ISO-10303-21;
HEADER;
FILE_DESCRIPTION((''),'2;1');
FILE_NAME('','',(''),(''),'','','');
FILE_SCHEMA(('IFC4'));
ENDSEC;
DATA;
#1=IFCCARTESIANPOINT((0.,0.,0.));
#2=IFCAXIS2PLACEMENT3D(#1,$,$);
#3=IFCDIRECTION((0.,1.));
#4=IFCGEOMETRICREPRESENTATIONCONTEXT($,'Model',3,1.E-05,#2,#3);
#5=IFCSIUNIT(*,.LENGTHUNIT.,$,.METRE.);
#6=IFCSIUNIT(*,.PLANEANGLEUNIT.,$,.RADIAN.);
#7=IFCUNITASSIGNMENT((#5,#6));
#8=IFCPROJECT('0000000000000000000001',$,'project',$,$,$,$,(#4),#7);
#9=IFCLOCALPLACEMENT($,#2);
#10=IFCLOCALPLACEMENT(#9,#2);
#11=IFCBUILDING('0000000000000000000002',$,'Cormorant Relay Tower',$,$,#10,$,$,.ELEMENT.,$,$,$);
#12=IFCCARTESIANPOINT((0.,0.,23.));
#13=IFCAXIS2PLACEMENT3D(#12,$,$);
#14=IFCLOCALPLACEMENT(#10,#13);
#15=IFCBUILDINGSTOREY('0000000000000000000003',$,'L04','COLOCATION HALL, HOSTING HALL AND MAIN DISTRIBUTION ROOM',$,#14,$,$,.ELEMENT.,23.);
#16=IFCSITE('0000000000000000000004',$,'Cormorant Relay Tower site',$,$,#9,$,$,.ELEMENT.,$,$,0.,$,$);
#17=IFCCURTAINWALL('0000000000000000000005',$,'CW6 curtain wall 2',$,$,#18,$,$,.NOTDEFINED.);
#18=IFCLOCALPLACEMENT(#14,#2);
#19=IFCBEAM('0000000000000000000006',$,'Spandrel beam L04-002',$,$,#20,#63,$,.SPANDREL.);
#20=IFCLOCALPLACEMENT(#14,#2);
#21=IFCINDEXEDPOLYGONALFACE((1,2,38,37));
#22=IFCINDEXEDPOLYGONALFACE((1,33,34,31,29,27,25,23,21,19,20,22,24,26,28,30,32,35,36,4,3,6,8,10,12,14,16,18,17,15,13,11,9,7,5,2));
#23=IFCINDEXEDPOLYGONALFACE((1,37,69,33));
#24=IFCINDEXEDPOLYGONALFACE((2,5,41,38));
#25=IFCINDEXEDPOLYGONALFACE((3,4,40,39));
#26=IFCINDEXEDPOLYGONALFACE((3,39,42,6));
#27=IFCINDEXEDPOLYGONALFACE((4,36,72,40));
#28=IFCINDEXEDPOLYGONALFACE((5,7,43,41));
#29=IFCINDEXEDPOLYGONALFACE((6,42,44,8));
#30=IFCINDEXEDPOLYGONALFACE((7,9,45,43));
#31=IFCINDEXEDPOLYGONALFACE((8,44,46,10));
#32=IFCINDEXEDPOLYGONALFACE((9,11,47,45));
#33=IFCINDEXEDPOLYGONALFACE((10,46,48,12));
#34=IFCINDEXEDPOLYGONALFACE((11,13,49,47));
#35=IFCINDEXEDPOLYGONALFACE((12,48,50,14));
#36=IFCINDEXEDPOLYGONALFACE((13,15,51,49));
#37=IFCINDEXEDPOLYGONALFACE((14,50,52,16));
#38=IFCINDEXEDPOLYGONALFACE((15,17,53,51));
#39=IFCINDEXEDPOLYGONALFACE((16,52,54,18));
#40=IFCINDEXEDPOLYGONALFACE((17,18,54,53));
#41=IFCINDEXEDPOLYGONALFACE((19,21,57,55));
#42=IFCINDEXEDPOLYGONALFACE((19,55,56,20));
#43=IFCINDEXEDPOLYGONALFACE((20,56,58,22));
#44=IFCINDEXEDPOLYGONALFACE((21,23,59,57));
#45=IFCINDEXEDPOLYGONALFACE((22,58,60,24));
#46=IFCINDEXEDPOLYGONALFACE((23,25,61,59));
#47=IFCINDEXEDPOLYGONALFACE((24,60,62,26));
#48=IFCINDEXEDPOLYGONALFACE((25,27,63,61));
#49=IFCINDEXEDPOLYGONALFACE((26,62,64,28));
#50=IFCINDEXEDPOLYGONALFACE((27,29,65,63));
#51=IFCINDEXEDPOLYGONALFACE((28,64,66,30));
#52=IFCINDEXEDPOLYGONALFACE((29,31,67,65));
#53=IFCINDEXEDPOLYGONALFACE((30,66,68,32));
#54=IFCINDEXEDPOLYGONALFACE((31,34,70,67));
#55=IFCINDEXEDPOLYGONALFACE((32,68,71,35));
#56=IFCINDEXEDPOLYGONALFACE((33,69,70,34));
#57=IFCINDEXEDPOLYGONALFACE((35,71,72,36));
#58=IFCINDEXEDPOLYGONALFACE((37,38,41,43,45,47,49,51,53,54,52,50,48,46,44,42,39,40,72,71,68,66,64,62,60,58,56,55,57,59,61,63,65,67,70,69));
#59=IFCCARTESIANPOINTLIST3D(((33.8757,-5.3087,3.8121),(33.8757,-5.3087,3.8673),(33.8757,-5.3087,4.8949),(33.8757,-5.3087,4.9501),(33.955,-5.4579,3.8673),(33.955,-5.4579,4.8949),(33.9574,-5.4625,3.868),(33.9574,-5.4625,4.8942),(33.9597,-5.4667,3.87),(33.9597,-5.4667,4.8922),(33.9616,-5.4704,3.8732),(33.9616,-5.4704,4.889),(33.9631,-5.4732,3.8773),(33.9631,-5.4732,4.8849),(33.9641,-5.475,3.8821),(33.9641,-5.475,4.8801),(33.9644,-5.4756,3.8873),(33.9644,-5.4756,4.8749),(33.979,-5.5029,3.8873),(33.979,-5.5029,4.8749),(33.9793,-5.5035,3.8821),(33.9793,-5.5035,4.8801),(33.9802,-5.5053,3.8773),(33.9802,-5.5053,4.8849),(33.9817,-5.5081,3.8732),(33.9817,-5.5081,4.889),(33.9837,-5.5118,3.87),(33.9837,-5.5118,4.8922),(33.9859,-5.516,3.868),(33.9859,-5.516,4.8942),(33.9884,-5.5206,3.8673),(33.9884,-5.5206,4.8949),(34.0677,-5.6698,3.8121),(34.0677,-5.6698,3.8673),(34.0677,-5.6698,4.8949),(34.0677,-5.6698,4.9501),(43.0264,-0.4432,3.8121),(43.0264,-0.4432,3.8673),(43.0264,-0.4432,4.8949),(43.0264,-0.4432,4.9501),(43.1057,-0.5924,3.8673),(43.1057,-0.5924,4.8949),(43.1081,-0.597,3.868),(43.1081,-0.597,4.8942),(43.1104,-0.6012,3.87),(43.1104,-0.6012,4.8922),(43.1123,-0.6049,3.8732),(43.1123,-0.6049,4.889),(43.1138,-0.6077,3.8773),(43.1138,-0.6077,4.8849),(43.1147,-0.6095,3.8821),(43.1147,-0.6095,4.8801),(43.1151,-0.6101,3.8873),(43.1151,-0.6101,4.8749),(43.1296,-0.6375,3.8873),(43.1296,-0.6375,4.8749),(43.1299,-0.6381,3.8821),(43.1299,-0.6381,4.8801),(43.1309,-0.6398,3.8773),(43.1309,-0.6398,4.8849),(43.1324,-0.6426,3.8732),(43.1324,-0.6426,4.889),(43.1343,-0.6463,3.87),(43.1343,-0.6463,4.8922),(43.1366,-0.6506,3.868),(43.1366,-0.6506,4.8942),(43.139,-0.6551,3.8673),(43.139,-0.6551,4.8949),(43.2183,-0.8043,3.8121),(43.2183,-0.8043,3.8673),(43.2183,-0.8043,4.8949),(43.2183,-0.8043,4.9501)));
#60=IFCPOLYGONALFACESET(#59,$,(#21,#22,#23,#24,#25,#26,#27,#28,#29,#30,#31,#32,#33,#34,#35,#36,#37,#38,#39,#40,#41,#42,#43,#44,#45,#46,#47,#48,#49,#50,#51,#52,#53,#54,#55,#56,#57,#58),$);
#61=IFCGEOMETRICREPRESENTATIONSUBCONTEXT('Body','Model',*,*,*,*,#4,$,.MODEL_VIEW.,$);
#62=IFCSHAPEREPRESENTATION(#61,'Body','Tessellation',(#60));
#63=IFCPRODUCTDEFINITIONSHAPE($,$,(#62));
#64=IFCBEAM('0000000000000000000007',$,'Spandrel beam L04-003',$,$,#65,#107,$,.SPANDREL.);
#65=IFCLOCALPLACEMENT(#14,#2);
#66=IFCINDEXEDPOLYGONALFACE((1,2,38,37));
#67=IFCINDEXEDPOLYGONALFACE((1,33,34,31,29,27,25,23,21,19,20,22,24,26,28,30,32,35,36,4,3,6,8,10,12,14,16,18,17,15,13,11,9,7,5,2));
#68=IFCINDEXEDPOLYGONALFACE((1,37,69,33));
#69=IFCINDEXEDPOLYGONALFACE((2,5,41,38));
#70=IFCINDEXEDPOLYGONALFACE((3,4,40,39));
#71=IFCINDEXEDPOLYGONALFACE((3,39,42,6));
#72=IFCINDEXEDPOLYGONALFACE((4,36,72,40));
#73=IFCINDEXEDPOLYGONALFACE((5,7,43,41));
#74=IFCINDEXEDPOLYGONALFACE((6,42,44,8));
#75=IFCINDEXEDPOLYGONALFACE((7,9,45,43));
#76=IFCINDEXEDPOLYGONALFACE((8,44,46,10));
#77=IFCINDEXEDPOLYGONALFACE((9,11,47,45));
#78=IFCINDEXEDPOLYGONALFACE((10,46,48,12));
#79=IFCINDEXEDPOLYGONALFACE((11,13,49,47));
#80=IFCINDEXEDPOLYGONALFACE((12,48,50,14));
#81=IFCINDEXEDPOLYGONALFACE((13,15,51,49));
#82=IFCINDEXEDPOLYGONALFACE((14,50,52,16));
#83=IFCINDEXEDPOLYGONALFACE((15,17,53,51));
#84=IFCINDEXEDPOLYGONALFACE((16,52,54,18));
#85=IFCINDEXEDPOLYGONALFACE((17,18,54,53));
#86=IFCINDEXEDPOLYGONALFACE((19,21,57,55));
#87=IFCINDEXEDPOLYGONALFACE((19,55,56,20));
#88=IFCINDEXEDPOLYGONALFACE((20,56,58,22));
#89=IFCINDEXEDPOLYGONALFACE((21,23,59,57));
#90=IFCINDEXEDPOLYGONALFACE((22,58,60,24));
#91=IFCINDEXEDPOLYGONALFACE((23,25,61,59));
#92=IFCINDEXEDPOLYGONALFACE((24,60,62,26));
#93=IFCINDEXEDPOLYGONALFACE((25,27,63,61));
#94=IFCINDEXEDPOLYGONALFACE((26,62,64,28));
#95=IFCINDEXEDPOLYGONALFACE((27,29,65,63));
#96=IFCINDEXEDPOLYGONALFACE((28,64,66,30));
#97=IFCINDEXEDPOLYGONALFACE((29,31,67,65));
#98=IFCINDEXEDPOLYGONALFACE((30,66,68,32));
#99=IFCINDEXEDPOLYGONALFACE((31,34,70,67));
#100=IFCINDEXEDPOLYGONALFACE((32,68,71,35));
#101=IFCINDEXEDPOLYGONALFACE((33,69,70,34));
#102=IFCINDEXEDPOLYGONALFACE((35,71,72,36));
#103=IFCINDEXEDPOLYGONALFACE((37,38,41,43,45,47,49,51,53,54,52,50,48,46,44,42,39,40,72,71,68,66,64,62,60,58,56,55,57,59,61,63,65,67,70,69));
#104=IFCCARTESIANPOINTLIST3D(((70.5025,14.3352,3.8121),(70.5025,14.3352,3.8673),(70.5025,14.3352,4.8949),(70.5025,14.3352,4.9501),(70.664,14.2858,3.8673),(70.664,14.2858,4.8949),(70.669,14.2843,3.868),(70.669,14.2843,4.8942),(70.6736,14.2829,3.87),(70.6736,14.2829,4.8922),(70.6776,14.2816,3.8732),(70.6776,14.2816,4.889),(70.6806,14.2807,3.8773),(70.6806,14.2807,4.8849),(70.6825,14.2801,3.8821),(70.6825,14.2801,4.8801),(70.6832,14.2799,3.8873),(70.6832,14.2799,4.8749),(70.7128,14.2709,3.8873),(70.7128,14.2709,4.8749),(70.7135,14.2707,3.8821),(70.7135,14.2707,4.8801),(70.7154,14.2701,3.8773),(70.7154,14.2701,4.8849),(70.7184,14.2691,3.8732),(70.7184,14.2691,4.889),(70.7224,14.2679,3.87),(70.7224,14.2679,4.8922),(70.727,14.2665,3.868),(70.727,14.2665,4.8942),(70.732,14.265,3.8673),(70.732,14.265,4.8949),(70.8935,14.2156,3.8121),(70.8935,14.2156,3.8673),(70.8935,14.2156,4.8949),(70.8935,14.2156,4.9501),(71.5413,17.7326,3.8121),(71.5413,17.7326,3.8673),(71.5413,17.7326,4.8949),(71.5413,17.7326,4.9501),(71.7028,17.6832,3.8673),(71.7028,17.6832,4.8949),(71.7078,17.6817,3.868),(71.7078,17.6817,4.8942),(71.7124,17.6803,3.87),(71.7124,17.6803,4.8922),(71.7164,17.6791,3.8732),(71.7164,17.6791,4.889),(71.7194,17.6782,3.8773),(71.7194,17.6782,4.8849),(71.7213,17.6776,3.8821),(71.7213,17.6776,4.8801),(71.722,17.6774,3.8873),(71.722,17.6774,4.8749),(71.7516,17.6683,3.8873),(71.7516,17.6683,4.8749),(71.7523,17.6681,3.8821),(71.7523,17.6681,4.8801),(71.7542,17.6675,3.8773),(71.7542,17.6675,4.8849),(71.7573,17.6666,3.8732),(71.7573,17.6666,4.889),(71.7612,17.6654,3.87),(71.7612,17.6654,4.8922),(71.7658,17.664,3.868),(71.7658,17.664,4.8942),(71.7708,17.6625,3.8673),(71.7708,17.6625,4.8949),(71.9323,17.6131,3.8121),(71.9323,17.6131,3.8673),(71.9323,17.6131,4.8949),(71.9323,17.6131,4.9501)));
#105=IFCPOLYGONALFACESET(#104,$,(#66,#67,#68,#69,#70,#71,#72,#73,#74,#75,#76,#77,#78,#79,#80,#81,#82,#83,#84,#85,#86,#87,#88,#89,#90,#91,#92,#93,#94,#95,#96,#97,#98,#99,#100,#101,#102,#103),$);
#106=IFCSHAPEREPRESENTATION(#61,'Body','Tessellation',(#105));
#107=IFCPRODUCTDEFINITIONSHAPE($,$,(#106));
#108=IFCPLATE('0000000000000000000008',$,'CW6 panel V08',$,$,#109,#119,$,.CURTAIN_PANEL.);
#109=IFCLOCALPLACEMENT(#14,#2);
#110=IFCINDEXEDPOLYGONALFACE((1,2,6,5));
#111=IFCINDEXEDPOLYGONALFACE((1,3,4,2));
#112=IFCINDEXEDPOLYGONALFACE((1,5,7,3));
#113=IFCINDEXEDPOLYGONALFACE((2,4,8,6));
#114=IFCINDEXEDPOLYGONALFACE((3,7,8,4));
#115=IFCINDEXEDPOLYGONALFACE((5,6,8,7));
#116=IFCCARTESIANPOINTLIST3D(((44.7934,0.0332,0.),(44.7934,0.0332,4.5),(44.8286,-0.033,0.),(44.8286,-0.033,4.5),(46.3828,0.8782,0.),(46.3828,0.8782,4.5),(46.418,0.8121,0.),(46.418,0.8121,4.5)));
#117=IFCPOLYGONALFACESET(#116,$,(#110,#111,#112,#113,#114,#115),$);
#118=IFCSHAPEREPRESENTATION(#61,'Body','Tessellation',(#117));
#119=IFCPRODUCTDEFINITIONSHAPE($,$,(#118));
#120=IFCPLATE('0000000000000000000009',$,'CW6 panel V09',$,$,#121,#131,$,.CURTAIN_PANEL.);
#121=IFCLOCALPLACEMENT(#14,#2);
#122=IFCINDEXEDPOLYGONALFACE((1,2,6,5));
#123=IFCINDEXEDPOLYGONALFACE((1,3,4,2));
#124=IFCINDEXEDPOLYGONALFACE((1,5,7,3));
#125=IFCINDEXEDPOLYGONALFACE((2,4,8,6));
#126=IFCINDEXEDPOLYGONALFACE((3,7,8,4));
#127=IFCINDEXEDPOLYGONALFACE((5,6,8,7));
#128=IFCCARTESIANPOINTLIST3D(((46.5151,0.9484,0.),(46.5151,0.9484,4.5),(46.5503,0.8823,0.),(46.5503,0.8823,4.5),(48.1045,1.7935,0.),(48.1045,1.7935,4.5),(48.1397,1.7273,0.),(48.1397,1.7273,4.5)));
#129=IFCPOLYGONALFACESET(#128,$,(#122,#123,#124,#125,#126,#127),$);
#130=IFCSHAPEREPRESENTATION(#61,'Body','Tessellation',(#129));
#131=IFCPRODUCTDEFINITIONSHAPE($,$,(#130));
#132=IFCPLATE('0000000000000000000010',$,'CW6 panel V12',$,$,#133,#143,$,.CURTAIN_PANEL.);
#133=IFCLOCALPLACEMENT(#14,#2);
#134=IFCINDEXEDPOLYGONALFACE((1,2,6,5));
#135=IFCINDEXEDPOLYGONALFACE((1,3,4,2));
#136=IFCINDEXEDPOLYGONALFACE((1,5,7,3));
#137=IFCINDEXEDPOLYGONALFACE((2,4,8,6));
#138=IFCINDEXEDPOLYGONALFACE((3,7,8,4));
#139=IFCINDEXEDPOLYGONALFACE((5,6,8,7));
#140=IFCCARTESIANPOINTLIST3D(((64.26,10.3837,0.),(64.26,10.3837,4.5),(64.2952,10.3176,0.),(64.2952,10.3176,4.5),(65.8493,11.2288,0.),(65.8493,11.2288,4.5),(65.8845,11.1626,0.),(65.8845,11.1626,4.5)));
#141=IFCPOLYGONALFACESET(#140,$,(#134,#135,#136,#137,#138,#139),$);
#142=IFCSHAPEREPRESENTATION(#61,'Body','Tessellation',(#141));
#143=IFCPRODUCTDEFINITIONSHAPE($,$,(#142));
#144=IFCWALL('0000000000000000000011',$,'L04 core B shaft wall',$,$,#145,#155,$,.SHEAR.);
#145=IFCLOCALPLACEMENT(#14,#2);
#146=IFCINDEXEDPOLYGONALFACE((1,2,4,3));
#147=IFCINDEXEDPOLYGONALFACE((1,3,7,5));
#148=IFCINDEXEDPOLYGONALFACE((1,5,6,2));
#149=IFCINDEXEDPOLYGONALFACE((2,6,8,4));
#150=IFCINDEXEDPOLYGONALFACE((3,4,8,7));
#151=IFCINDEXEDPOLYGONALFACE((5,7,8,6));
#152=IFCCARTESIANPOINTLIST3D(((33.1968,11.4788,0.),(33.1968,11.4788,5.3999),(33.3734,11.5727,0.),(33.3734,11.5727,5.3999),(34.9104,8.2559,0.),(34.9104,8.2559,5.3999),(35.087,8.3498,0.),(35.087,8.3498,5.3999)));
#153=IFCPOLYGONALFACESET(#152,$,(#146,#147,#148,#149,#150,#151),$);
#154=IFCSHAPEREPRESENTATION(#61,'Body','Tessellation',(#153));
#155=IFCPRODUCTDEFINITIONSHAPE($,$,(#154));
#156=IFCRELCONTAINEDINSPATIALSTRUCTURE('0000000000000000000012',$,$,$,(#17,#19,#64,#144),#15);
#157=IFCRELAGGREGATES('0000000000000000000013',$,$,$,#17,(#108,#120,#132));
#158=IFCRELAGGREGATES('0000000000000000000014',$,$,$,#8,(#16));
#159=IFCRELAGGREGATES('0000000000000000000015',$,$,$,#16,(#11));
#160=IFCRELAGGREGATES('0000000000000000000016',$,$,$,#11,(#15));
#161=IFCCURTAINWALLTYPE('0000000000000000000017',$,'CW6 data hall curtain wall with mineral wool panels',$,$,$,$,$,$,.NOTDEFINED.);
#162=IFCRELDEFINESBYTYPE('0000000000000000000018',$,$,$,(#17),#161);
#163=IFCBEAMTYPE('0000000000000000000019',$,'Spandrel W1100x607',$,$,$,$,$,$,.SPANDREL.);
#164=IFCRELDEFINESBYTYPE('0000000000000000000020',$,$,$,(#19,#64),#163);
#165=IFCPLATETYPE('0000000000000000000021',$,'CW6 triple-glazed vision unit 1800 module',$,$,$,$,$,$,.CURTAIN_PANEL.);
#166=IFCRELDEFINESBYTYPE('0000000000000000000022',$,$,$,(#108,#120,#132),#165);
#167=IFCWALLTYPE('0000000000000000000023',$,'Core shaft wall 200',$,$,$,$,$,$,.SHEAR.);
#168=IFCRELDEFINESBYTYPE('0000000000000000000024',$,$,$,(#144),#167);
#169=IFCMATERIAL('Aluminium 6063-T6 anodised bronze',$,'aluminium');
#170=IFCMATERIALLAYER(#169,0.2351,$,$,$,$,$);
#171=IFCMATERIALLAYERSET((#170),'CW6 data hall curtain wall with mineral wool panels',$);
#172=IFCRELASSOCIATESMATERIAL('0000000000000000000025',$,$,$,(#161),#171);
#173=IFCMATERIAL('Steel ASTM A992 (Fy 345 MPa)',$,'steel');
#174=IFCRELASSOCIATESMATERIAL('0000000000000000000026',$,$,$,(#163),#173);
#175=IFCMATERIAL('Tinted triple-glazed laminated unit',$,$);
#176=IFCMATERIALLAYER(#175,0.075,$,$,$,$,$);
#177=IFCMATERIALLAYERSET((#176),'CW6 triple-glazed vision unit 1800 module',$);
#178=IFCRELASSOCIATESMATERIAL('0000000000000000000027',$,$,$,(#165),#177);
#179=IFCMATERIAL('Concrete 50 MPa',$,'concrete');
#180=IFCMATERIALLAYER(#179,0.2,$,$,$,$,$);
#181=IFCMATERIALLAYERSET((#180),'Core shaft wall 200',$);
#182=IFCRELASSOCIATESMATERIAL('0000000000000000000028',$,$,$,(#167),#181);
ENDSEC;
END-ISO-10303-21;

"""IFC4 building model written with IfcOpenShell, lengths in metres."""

from ifc_helpers import new_model, si_unit, direction, frame, frame_2d, origin, origin_2d, place, context, subcontext, project, spatial, rectangle, i_section, extrude, material, layer, layer_set, material_profile, profile_set, type_object, element, aggregate, save


model = new_model("IFC4")

# Units and contexts
model_context = context("Model", 3, precision=1e-05, world=origin(), true_north=direction((0.0, 1.0)))
body_context = subcontext(model_context, "Body", "Model", "MODEL_VIEW")
ifc_project = project(units=[si_unit("LENGTHUNIT", "METRE"), si_unit("PLANEANGLEUNIT", "RADIAN")], contexts=[model_context])

# Site, building, storey
site_placement = place(None, origin())
site = spatial("IfcSite", under=ifc_project, at=site_placement, Name="Cormorant Relay Tower site", CompositionType="ELEMENT", RefElevation=0.0)
building_placement = place(site_placement, origin())
building = spatial("IfcBuilding", under=site, at=building_placement, Name="Cormorant Relay Tower", CompositionType="ELEMENT")
storey_placement = place(building_placement, frame((0.0, 0.0, 23.0)))
storey = spatial("IfcBuildingStorey", under=building, at=storey_placement, Name="L04", Description="COLOCATION HALL, HOSTING HALL AND MAIN DISTRIBUTION ROOM", CompositionType="ELEMENT", Elevation=23.0)

# Curtain wall
ifc_material_1 = material(Name="Aluminium 6063-T6 anodised bronze", Category="aluminium")
ifc_layer_1 = layer(ifc_material_1, 0.2351)
ifc_layer_set_1 = layer_set([ifc_layer_1], Name="CW6 data hall curtain wall with mineral wool panels")
curtain_wall_type = type_object("IfcCurtainWallType", Name="CW6 data hall curtain wall with mineral wool panels", PredefinedType="NOTDEFINED", material=ifc_layer_set_1)
curtain_wall_1_placement = place(storey_placement, origin())
curtain_wall_1 = element("IfcCurtainWall", 1, at=curtain_wall_1_placement, inside=storey, type_object=curtain_wall_type, Name="CW6 curtain wall 2", PredefinedType="NOTDEFINED")

# Beams
ifc_material_2 = material(Name="Steel ASTM A992 (Fy 345 MPa)", Category="steel")
ifc_material_profile_1 = material_profile(ifc_material_2, i_section(OverallWidth=0.4089, OverallDepth=1.1379, WebThickness=0.031, FlangeThickness=0.0552, FilletRadius=0.02, at=origin_2d()), Name="W1100x607")
ifc_profile_set_1 = profile_set([ifc_material_profile_1], Name="Steel ASTM A992 (Fy 345 MPa)")
beam_type = type_object("IfcBeamType", Name="Spandrel W1100x607", PredefinedType="SPANDREL", material=ifc_profile_set_1)
beam_1_placement = place(storey_placement, frame((33.9717, -5.4893, 4.3811), z_axis=(0.882948, 0.469472, 0.0), x_axis=(-0.469472, 0.882948, 0.0)))
element("IfcBeam", 2, at=beam_1_placement, inside=storey, type_object=beam_type, Name="Spandrel beam L04-002", PredefinedType="SPANDREL", context=body_context, shape_type="SweptSolid", body=[
    extrude(i_section(OverallWidth=0.4089, OverallDepth=1.1379, WebThickness=0.031, FlangeThickness=0.0552, FilletRadius=0.02, at=origin_2d()), origin(), (0.0, 0.0, 1.0), 10.3638),
])
beam_2_placement = place(storey_placement, frame((70.698, 14.2754, 4.3811), z_axis=(0.2924, 0.956296, 0.0), x_axis=(-0.956296, 0.2924, 0.0)))
element("IfcBeam", 3, at=beam_2_placement, inside=storey, type_object=beam_type, Name="Spandrel beam L04-003", PredefinedType="SPANDREL", context=body_context, shape_type="SweptSolid", body=[
    extrude(i_section(OverallWidth=0.4089, OverallDepth=1.1379, WebThickness=0.031, FlangeThickness=0.0552, FilletRadius=0.02, at=origin_2d()), origin(), (0.0, 0.0, 1.0), 3.5527),
])

# Plates
ifc_material_3 = material(Name="Tinted triple-glazed laminated unit")
ifc_layer_2 = layer(ifc_material_3, 0.075)
ifc_layer_set_2 = layer_set([ifc_layer_2], Name="CW6 triple-glazed vision unit 1800 module")
plate_type = type_object("IfcPlateType", Name="CW6 triple-glazed vision unit 1800 module", PredefinedType="CURTAIN_PANEL", material=ifc_layer_set_2)
plate_1_placement = place(storey_placement, frame((45.6057, 0.4226, 0.0), z_axis=(0.0, 0.0, 1.0), x_axis=(0.882948, 0.469472, 0.0)))
plate_1 = element("IfcPlate", 4, at=plate_1_placement, type_object=plate_type, Name="CW6 panel V08", PredefinedType="CURTAIN_PANEL", context=body_context, shape_type="SweptSolid", body=[
    extrude(rectangle(XDim=1.8, YDim=0.075, at=origin_2d()), origin(), (0.0, 0.0, 1.0), 4.5),
])
plate_2_placement = place(storey_placement, frame((47.3274, 1.3379, 0.0), z_axis=(0.0, 0.0, 1.0), x_axis=(0.882948, 0.469472, 0.0)))
plate_2 = element("IfcPlate", 5, at=plate_2_placement, type_object=plate_type, Name="CW6 panel V09", PredefinedType="CURTAIN_PANEL", context=body_context, shape_type="SweptSolid", body=[
    extrude(rectangle(XDim=1.8, YDim=0.075, at=origin_2d()), origin(), (0.0, 0.0, 1.0), 4.5),
])
plate_3_placement = place(storey_placement, frame((65.0723, 10.7732, 0.0), z_axis=(0.0, 0.0, 1.0), x_axis=(0.882948, 0.469472, 0.0)))
plate_3 = element("IfcPlate", 6, at=plate_3_placement, type_object=plate_type, Name="CW6 panel V12", PredefinedType="CURTAIN_PANEL", context=body_context, shape_type="SweptSolid", body=[
    extrude(rectangle(XDim=1.8, YDim=0.075, at=origin_2d()), origin(), (0.0, 0.0, 1.0), 4.5),
])

# Wall
ifc_material_4 = material(Name="Concrete 50 MPa", Category="concrete")
ifc_layer_3 = layer(ifc_material_4, 0.2)
ifc_layer_set_3 = layer_set([ifc_layer_3], Name="Core shaft wall 200")
wall_type_1 = type_object("IfcWallType", Name="Core shaft wall 200", PredefinedType="SHEAR", material=ifc_layer_set_3)
wall_1_placement = place(storey_placement, frame((34.9988, 8.3027, 0.0), z_axis=(0.0, 0.0, 1.0), x_axis=(-0.469467, 0.88295, 0.0)))
element("IfcWall", 7, at=wall_1_placement, inside=storey, type_object=wall_type_1, Name="L04 core B shaft wall", PredefinedType="SHEAR", context=body_context, shape_type="SweptSolid", body=[
    extrude(rectangle(XDim=3.6501, YDim=0.2, at=frame_2d((1.8252, 0.0))), origin(), (0.0, 0.0, 1.0), 5.3999),
])

aggregate(curtain_wall_1, [plate_1, plate_2, plate_3])

save(model, "model.ifc")
